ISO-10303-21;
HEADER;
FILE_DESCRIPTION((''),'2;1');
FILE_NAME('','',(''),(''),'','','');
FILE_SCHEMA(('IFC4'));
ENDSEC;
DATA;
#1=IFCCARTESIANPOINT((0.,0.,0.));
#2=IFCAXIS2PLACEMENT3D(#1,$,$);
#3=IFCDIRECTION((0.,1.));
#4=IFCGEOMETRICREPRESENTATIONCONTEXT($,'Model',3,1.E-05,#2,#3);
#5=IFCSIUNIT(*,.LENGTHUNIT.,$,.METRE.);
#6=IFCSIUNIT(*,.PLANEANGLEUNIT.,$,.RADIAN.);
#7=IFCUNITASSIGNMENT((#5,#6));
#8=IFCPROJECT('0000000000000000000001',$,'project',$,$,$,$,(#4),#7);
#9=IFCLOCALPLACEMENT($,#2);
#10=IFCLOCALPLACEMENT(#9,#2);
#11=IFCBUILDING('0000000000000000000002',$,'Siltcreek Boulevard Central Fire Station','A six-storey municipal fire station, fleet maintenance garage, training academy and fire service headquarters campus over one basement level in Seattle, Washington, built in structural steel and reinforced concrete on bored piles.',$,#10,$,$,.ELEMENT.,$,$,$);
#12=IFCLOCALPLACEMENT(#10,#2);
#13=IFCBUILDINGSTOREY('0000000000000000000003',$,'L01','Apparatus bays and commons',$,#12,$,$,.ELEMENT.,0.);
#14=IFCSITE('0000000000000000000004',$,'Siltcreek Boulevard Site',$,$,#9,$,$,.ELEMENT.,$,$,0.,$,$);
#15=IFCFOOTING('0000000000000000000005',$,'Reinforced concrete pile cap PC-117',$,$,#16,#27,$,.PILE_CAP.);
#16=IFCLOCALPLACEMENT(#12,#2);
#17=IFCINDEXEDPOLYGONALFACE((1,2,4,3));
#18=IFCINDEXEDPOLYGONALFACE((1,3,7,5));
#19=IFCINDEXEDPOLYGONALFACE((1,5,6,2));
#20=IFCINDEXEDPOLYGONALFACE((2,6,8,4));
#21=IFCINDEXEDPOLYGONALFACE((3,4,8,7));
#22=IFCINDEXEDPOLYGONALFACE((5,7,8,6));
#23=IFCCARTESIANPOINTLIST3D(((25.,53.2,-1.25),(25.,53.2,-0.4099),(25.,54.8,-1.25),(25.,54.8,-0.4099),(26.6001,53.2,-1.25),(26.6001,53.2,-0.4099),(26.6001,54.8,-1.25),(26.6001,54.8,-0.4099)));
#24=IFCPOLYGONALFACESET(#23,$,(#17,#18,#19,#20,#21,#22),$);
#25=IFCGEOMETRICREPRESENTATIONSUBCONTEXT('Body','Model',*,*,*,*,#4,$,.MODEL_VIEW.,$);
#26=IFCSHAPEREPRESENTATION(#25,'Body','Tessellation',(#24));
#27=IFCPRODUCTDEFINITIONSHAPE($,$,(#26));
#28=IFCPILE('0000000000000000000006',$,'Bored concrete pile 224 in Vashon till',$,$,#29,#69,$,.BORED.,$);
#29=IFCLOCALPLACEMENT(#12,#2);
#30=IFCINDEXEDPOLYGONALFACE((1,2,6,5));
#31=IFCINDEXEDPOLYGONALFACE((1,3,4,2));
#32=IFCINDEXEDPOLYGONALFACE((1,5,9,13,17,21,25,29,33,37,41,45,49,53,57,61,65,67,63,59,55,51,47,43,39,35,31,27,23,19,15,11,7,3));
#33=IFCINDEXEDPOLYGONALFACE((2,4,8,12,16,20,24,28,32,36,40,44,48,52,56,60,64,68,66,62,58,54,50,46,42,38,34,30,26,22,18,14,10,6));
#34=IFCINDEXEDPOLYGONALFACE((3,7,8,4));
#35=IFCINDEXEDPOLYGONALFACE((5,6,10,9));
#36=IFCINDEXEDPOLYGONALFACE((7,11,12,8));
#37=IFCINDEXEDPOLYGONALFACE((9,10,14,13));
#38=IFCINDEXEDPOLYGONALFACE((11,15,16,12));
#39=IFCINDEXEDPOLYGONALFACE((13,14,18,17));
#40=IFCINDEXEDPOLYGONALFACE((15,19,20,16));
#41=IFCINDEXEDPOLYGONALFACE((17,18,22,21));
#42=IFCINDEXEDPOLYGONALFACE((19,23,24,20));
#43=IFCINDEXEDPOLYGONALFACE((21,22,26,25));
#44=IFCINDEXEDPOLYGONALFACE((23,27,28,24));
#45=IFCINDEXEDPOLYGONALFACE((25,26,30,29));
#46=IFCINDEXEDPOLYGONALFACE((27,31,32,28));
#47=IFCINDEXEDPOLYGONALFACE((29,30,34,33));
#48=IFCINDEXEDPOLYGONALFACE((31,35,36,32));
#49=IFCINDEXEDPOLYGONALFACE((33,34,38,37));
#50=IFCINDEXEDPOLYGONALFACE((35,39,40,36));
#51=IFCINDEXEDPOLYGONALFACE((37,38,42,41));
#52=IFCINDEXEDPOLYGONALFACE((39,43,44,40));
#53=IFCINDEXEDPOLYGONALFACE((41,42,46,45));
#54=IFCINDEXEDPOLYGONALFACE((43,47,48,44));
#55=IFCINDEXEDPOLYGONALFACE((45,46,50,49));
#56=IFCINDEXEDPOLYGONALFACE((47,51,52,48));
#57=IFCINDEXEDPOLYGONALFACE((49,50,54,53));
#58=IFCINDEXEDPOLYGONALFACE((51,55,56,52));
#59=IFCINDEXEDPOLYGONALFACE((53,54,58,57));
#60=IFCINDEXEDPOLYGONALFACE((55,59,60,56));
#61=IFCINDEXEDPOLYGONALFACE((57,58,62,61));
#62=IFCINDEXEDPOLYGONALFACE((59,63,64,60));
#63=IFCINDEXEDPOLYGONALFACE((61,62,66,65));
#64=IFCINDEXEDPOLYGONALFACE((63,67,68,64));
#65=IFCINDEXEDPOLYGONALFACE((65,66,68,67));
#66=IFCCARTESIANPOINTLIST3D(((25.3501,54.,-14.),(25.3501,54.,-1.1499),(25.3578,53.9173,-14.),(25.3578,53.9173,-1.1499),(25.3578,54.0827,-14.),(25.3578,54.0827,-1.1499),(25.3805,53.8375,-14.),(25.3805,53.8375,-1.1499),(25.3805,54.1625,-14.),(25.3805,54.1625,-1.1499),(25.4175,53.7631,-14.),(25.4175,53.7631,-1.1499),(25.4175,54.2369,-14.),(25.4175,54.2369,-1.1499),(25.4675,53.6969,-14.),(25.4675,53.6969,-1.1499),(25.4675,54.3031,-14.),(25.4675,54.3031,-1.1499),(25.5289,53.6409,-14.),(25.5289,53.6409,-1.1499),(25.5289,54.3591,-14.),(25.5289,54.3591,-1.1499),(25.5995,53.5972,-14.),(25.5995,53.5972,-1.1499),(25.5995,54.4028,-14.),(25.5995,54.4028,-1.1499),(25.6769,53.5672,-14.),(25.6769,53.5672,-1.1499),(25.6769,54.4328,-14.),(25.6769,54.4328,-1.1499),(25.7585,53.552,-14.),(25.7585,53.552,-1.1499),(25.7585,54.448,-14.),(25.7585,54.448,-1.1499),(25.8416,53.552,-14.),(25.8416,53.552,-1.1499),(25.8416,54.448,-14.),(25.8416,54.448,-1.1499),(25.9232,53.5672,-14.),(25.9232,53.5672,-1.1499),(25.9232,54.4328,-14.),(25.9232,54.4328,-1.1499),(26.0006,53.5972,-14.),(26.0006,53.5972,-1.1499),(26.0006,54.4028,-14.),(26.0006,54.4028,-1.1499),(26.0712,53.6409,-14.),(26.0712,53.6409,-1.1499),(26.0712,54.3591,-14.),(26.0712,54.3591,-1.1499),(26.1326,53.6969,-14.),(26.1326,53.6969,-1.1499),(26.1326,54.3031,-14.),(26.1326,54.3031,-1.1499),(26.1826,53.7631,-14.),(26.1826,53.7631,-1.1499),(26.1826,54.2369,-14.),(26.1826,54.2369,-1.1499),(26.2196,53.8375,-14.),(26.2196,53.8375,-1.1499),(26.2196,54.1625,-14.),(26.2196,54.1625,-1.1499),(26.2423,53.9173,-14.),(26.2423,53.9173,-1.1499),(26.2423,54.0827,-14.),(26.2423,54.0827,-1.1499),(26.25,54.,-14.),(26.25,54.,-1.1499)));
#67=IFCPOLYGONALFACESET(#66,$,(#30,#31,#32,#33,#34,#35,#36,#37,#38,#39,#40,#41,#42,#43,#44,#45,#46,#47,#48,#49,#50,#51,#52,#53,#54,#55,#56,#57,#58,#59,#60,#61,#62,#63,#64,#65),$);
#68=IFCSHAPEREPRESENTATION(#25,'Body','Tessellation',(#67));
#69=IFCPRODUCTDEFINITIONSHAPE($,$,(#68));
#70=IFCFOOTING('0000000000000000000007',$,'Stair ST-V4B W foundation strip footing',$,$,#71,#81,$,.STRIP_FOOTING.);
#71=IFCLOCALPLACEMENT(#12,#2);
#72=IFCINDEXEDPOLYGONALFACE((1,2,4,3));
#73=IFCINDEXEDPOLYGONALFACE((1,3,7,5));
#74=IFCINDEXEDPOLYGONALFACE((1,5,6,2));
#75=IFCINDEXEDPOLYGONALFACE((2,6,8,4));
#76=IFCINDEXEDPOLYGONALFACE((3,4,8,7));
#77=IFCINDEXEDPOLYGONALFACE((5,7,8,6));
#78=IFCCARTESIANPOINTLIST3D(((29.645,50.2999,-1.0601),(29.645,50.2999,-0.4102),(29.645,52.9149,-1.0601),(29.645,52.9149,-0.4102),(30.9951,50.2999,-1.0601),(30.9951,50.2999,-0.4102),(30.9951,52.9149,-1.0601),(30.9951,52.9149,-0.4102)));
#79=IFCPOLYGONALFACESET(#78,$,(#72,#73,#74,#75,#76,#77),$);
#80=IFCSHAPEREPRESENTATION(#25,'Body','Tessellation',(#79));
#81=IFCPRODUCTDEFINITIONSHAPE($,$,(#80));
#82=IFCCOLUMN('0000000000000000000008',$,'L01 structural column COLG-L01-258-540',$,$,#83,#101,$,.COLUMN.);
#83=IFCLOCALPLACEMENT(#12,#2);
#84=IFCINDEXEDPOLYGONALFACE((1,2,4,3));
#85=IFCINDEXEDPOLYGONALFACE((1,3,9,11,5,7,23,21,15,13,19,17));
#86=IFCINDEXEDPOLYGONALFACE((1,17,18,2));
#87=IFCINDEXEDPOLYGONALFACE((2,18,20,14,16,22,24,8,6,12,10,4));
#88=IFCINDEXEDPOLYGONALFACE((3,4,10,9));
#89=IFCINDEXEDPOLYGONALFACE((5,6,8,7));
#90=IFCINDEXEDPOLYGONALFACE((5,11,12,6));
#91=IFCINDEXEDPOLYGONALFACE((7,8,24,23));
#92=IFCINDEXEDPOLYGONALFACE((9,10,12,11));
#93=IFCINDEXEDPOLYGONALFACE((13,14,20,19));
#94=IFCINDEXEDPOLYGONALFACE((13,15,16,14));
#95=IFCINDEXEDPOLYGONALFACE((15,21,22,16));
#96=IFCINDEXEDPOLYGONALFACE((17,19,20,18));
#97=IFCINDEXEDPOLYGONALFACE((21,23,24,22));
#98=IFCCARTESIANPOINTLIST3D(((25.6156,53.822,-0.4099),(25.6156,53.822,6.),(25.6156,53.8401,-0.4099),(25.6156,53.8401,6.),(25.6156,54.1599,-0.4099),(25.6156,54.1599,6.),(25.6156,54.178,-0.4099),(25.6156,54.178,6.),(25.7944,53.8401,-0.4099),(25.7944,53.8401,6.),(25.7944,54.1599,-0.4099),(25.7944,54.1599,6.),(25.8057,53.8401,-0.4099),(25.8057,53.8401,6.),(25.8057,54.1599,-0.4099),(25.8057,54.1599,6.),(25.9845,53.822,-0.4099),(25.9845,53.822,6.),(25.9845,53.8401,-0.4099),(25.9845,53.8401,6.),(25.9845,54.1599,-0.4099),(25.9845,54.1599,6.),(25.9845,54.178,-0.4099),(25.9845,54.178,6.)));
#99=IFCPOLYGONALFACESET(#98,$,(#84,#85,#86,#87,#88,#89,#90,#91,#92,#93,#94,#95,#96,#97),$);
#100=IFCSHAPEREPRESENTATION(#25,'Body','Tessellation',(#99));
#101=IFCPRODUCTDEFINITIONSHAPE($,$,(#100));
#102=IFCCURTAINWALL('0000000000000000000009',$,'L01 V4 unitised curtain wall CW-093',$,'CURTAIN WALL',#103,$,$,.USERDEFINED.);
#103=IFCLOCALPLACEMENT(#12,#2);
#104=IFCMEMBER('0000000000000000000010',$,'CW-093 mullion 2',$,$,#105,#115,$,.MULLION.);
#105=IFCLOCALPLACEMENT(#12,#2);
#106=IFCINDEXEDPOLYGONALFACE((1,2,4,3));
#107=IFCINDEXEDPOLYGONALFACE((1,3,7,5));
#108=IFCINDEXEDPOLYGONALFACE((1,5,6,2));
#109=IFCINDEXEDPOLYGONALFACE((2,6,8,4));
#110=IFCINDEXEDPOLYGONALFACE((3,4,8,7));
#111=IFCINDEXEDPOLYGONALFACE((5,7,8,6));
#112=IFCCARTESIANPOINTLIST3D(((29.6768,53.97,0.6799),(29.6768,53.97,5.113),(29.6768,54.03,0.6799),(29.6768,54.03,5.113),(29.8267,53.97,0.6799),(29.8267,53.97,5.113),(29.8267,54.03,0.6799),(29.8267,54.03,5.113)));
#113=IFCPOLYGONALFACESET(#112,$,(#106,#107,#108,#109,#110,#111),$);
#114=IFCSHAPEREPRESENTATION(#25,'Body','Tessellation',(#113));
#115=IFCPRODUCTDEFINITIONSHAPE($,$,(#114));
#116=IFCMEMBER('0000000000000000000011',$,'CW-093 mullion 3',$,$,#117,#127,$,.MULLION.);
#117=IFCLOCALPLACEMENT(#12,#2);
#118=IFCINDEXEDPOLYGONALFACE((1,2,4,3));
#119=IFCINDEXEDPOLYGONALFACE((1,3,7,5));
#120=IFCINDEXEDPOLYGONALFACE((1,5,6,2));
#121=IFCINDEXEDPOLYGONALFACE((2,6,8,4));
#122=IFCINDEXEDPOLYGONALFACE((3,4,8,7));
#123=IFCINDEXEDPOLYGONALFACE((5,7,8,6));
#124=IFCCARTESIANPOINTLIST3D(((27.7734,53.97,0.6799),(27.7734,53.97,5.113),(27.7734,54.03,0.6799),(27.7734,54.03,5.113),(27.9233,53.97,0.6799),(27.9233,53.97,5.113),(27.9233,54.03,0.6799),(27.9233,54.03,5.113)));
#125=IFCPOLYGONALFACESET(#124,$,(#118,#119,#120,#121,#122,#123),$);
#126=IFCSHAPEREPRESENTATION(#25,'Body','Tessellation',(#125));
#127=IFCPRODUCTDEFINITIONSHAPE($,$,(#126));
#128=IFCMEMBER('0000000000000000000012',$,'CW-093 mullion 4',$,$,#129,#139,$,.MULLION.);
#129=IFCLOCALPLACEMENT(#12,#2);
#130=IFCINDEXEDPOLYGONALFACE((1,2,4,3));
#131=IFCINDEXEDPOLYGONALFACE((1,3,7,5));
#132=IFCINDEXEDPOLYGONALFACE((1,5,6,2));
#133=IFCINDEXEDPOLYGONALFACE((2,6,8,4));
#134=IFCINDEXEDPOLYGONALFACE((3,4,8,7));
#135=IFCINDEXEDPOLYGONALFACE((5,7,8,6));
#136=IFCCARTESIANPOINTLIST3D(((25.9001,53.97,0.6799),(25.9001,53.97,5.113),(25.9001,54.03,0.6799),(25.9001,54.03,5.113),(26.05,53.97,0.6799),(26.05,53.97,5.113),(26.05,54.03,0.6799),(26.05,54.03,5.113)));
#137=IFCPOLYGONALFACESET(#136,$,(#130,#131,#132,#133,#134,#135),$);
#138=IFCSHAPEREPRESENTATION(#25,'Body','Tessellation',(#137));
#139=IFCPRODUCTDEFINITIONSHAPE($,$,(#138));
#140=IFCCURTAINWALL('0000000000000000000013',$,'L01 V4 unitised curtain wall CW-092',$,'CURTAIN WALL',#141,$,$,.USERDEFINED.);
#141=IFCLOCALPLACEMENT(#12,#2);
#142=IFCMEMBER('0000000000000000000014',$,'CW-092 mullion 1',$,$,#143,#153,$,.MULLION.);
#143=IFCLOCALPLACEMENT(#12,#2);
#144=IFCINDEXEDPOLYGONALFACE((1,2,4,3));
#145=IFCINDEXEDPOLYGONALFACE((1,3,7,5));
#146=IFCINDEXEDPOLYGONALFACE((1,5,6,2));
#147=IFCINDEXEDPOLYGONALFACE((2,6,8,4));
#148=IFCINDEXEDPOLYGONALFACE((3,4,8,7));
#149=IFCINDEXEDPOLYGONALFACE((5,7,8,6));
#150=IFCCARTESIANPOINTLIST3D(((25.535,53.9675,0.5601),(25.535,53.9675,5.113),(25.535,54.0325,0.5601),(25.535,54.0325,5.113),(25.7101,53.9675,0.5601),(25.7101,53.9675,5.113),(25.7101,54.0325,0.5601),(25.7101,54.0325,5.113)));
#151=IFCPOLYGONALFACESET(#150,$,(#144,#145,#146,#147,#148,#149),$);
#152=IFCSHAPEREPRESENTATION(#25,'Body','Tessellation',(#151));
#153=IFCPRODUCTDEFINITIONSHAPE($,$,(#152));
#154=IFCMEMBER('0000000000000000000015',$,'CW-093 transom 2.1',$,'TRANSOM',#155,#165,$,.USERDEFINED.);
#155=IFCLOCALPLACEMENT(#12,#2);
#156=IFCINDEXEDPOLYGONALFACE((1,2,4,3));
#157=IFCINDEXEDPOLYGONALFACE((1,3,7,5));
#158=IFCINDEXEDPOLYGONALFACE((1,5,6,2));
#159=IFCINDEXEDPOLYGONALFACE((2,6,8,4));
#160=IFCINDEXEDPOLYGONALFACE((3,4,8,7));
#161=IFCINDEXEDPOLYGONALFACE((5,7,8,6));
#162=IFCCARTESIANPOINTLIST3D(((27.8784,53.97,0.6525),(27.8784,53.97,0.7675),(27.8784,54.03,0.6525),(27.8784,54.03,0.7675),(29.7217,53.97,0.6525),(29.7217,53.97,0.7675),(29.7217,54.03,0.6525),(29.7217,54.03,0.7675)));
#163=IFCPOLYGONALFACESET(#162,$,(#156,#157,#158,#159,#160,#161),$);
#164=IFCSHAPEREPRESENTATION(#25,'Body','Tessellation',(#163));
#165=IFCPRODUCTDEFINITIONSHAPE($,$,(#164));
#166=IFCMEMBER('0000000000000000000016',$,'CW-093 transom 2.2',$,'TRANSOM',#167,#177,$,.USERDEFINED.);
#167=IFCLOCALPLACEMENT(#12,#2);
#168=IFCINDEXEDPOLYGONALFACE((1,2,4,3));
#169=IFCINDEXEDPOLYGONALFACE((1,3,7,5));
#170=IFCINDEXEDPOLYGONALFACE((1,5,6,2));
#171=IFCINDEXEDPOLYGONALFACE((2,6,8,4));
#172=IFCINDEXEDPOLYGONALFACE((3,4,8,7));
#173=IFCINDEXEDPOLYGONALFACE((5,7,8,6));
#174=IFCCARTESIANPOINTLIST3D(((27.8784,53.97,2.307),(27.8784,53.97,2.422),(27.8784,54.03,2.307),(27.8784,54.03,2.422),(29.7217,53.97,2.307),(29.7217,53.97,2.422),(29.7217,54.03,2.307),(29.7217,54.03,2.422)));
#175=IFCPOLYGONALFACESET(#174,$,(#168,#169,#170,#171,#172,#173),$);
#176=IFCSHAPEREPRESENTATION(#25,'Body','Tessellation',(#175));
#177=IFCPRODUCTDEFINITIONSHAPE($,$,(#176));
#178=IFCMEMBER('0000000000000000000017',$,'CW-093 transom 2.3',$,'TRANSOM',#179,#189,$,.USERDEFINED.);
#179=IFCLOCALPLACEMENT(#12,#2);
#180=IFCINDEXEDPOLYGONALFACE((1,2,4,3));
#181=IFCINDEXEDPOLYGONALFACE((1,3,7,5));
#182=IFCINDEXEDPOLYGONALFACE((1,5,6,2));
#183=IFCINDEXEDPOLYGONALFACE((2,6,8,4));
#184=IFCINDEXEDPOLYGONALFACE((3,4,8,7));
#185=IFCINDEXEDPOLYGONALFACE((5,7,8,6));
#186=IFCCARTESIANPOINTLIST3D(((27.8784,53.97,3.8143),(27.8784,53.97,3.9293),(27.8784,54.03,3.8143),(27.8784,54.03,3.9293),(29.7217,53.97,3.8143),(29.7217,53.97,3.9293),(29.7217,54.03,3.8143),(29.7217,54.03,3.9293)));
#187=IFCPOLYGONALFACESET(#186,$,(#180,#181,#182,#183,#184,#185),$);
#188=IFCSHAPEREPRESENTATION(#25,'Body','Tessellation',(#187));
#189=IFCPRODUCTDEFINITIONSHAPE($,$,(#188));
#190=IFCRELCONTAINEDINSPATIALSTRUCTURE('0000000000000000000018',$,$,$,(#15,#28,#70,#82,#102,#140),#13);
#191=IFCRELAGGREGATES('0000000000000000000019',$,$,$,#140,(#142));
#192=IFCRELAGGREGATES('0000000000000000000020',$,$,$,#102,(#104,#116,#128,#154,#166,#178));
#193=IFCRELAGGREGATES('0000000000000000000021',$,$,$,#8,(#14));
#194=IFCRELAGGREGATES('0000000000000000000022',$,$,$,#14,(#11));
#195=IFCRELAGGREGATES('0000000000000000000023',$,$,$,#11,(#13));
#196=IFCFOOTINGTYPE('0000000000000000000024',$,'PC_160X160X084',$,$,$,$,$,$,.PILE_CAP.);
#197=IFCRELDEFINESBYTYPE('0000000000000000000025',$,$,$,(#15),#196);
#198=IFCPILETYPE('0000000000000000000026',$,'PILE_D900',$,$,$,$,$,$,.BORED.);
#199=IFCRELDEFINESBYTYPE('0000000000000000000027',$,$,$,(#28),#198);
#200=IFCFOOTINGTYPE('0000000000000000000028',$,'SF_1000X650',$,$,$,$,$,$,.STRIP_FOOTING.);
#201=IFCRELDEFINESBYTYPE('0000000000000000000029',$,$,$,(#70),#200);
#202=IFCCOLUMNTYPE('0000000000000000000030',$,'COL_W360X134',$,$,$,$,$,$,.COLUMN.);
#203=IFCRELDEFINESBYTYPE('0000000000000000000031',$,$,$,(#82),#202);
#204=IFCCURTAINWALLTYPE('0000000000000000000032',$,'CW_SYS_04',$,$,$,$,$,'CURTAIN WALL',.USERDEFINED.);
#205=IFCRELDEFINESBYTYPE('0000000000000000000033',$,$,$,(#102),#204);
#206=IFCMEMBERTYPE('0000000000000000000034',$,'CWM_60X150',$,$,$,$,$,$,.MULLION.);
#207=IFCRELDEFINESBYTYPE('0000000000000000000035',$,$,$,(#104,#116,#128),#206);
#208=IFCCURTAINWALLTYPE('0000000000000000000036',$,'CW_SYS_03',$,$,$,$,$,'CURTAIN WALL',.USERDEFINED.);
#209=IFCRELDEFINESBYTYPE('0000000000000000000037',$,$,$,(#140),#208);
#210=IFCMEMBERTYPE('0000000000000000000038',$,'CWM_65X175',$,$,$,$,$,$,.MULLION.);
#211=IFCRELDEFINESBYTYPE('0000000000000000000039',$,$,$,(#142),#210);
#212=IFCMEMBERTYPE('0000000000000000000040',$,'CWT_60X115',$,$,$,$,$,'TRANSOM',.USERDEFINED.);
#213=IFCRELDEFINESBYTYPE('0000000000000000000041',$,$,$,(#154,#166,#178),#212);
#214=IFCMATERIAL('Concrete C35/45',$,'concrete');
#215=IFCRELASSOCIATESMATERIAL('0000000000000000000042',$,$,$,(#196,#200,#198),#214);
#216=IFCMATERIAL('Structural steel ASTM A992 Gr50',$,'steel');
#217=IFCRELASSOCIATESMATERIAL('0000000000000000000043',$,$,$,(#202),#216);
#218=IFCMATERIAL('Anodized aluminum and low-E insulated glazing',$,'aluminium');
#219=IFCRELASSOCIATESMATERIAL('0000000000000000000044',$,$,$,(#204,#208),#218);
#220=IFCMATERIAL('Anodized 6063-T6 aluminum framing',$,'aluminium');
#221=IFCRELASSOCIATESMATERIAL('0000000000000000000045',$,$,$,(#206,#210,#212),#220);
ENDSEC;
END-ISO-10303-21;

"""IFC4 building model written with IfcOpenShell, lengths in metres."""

from ifc_helpers import new_model, si_unit, direction, frame, origin, origin_2d, place, context, subcontext, project, spatial, rectangle, circle, i_section, extrude, material, material_profile, profile_set, type_object, element, aggregate, save


model = new_model("IFC4")

# Units and contexts
model_context = context("Model", 3, precision=1e-05, world=origin(), true_north=direction((0.0, 1.0)))
body_context = subcontext(model_context, "Body", "Model", "MODEL_VIEW")
ifc_project = project(units=[si_unit("LENGTHUNIT", "METRE"), si_unit("PLANEANGLEUNIT", "RADIAN")], contexts=[model_context])

# Site, building, storey
site_placement = place(None, origin())
site = spatial("IfcSite", under=ifc_project, at=site_placement, Name="Siltcreek Boulevard Site", CompositionType="ELEMENT", RefElevation=0.0)
building_placement = place(site_placement, origin())
building = spatial("IfcBuilding", under=site, at=building_placement, Name="Siltcreek Boulevard Central Fire Station", Description="A six-storey municipal fire station, fleet maintenance garage, training academy and fire service headquarters campus over one basement level in Seattle, Washington, built in structural steel and reinforced concrete on bored piles.", CompositionType="ELEMENT")
storey_placement = place(building_placement, origin())
storey = spatial("IfcBuildingStorey", under=building, at=storey_placement, Name="L01", Description="Apparatus bays and commons", CompositionType="ELEMENT", Elevation=0.0)

# Footing
ifc_material_1 = material(Name="Concrete C35/45", Category="concrete")
footing_type_1 = type_object("IfcFootingType", Name="PC_160X160X084", PredefinedType="PILE_CAP", material=ifc_material_1)
footing_1_placement = place(storey_placement, frame((25.8, 54.0, -1.25), z_axis=(0.0, 0.0, 1.0), x_axis=(1.0, 0.0, 0.0)))
element("IfcFooting", 1, at=footing_1_placement, inside=storey, type_object=footing_type_1, Name="Reinforced concrete pile cap PC-117", PredefinedType="PILE_CAP", context=body_context, shape_type="SweptSolid", body=[
    extrude(rectangle(XDim=1.6001, YDim=1.6001, at=origin_2d()), origin(), (0.0, 0.0, 1.0), 0.8401),
])

# Pile
ifc_material_profile_1 = material_profile(ifc_material_1, circle(Radius=0.45, at=origin_2d()), Name="SHAFT900")
ifc_profile_set_1 = profile_set([ifc_material_profile_1], Name="Concrete C35/45")
pile_type = type_object("IfcPileType", Name="PILE_D900", PredefinedType="BORED", material=ifc_profile_set_1)
pile_placement = place(storey_placement, frame((25.8, 54.0, -1.1499), z_axis=(0.0, 0.0, -1.0), x_axis=(1.0, 0.0, 0.0)))
element("IfcPile", 2, at=pile_placement, inside=storey, type_object=pile_type, Name="Bored concrete pile 224 in Vashon till", PredefinedType="BORED", context=body_context, shape_type="SweptSolid", body=[
    extrude(circle(Radius=0.45, at=origin_2d()), origin(), (0.0, 0.0, 1.0), 12.8501),
])

# Footing
footing_type_2 = type_object("IfcFootingType", Name="SF_1000X650", PredefinedType="STRIP_FOOTING", material=ifc_material_1)
footing_2_placement = place(storey_placement, frame((30.3201, 51.6074, -1.0601), z_axis=(0.0, 0.0, 1.0), x_axis=(1.0, 0.0, 0.0)))
element("IfcFooting", 3, at=footing_2_placement, inside=storey, type_object=footing_type_2, Name="Stair ST-V4B W foundation strip footing", PredefinedType="STRIP_FOOTING", context=body_context, shape_type="SweptSolid", body=[
    extrude(rectangle(XDim=1.3501, YDim=2.615, at=origin_2d()), origin(), (0.0, 0.0, 1.0), 0.6499),
])

# Column
ifc_material_2 = material(Name="Structural steel ASTM A992 Gr50", Category="steel")
ifc_material_profile_2 = material_profile(ifc_material_2, i_section(OverallWidth=0.3689, OverallDepth=0.356, WebThickness=0.0112, FlangeThickness=0.0181, at=origin_2d()), Name="W360X134")
ifc_profile_set_2 = profile_set([ifc_material_profile_2], Name="Structural steel ASTM A992 Gr50")
column_type = type_object("IfcColumnType", Name="COL_W360X134", PredefinedType="COLUMN", material=ifc_profile_set_2)
column_placement = place(storey_placement, frame((25.8, 54.0, -0.4099), z_axis=(0.0, 0.0, 1.0), x_axis=(1.0, 0.0, 0.0)))
element("IfcColumn", 4, at=column_placement, inside=storey, type_object=column_type, Name="L01 structural column COLG-L01-258-540", PredefinedType="COLUMN", context=body_context, shape_type="SweptSolid", body=[
    extrude(i_section(OverallWidth=0.3689, OverallDepth=0.356, WebThickness=0.0112, FlangeThickness=0.0181, at=origin_2d()), origin(), (0.0, 0.0, 1.0), 6.4099),
])

# Curtain wall, members
ifc_material_3 = material(Name="Anodized aluminum and low-E insulated glazing", Category="aluminium")
curtain_wall_type_1 = type_object("IfcCurtainWallType", Name="CW_SYS_04", ElementType="CURTAIN WALL", PredefinedType="USERDEFINED", material=ifc_material_3)
curtain_wall_1_placement = place(storey_placement, origin())
curtain_wall_1 = element("IfcCurtainWall", 5, at=curtain_wall_1_placement, inside=storey, type_object=curtain_wall_type_1, Name="L01 V4 unitised curtain wall CW-093", ObjectType="CURTAIN WALL", PredefinedType="USERDEFINED")
ifc_material_4 = material(Name="Anodized 6063-T6 aluminum framing", Category="aluminium")
ifc_material_profile_3 = material_profile(ifc_material_4, rectangle(XDim=0.0601, YDim=0.1499, at=origin_2d()), Name="MULL60X150")
ifc_profile_set_3 = profile_set([ifc_material_profile_3], Name="Anodized 6063-T6 aluminum framing")
member_type_1 = type_object("IfcMemberType", Name="CWM_60X150", PredefinedType="MULLION", material=ifc_profile_set_3)
member_1_placement = place(storey_placement, frame((29.7517, 54.0, 0.6799), z_axis=(0.0, 0.0, 1.0), x_axis=(0.0, -1.0, 0.0)))
member_1 = element("IfcMember", 6, at=member_1_placement, type_object=member_type_1, Name="CW-093 mullion 2", PredefinedType="MULLION", context=body_context, shape_type="SweptSolid", body=[
    extrude(rectangle(XDim=0.0601, YDim=0.1499, at=origin_2d()), origin(), (0.0, 0.0, 1.0), 4.4331),
])
member_2_placement = place(storey_placement, frame((27.8484, 54.0, 0.6799), z_axis=(0.0, 0.0, 1.0), x_axis=(0.0, -1.0, 0.0)))
member_2 = element("IfcMember", 7, at=member_2_placement, type_object=member_type_1, Name="CW-093 mullion 3", PredefinedType="MULLION", context=body_context, shape_type="SweptSolid", body=[
    extrude(rectangle(XDim=0.0601, YDim=0.1499, at=origin_2d()), origin(), (0.0, 0.0, 1.0), 4.4331),
])
member_3_placement = place(storey_placement, frame((25.9751, 54.0, 0.6799), z_axis=(0.0, 0.0, 1.0), x_axis=(0.0, -1.0, 0.0)))
member_3 = element("IfcMember", 8, at=member_3_placement, type_object=member_type_1, Name="CW-093 mullion 4", PredefinedType="MULLION", context=body_context, shape_type="SweptSolid", body=[
    extrude(rectangle(XDim=0.0601, YDim=0.1499, at=origin_2d()), origin(), (0.0, 0.0, 1.0), 4.4331),
])

# Curtain wall, member
curtain_wall_type_2 = type_object("IfcCurtainWallType", Name="CW_SYS_03", ElementType="CURTAIN WALL", PredefinedType="USERDEFINED", material=ifc_material_3)
curtain_wall_2_placement = place(storey_placement, origin())
curtain_wall_2 = element("IfcCurtainWall", 9, at=curtain_wall_2_placement, inside=storey, type_object=curtain_wall_type_2, Name="L01 V4 unitised curtain wall CW-092", ObjectType="CURTAIN WALL", PredefinedType="USERDEFINED")
ifc_material_profile_4 = material_profile(ifc_material_4, rectangle(XDim=0.0649, YDim=0.175, at=origin_2d()), Name="MULL65X175")
ifc_profile_set_4 = profile_set([ifc_material_profile_4], Name="Anodized 6063-T6 aluminum framing")
member_type_2 = type_object("IfcMemberType", Name="CWM_65X175", PredefinedType="MULLION", material=ifc_profile_set_4)
member_4_placement = place(storey_placement, frame((25.6226, 54.0, 0.5601), z_axis=(0.0, 0.0, 1.0), x_axis=(0.0, -1.0, 0.0)))
member_4 = element("IfcMember", 10, at=member_4_placement, type_object=member_type_2, Name="CW-092 mullion 1", PredefinedType="MULLION", context=body_context, shape_type="SweptSolid", body=[
    extrude(rectangle(XDim=0.0649, YDim=0.175, at=origin_2d()), origin(), (0.0, 0.0, 1.0), 4.553),
])

# Members
ifc_material_profile_5 = material_profile(ifc_material_4, rectangle(XDim=0.0601, YDim=0.115, at=origin_2d()), Name="TRAN60X115")
ifc_profile_set_5 = profile_set([ifc_material_profile_5], Name="Anodized 6063-T6 aluminum framing")
member_type_3 = type_object("IfcMemberType", Name="CWT_60X115", ElementType="TRANSOM", PredefinedType="USERDEFINED", material=ifc_profile_set_5)
member_5_placement = place(storey_placement, frame((29.7217, 54.0, 0.71), z_axis=(-1.0, 0.0, 0.0), x_axis=(0.0, -1.0, 0.0)))
member_5 = element("IfcMember", 11, at=member_5_placement, type_object=member_type_3, Name="CW-093 transom 2.1", ObjectType="TRANSOM", PredefinedType="USERDEFINED", context=body_context, shape_type="SweptSolid", body=[
    extrude(rectangle(XDim=0.0601, YDim=0.115, at=origin_2d()), origin(), (0.0, 0.0, 1.0), 1.8433),
])
member_6_placement = place(storey_placement, frame((29.7217, 54.0, 2.3645), z_axis=(-1.0, 0.0, 0.0), x_axis=(0.0, -1.0, 0.0)))
member_6 = element("IfcMember", 12, at=member_6_placement, type_object=member_type_3, Name="CW-093 transom 2.2", ObjectType="TRANSOM", PredefinedType="USERDEFINED", context=body_context, shape_type="SweptSolid", body=[
    extrude(rectangle(XDim=0.0601, YDim=0.115, at=origin_2d()), origin(), (0.0, 0.0, 1.0), 1.8433),
])
member_7_placement = place(storey_placement, frame((29.7217, 54.0, 3.8718), z_axis=(-1.0, 0.0, 0.0), x_axis=(0.0, -1.0, 0.0)))
member_7 = element("IfcMember", 13, at=member_7_placement, type_object=member_type_3, Name="CW-093 transom 2.3", ObjectType="TRANSOM", PredefinedType="USERDEFINED", context=body_context, shape_type="SweptSolid", body=[
    extrude(rectangle(XDim=0.0601, YDim=0.115, at=origin_2d()), origin(), (0.0, 0.0, 1.0), 1.8433),
])
aggregate(curtain_wall_2, [member_4])

aggregate(curtain_wall_1, [member_1, member_2, member_3, member_5, member_6, member_7])

save(model, "model.ifc")
